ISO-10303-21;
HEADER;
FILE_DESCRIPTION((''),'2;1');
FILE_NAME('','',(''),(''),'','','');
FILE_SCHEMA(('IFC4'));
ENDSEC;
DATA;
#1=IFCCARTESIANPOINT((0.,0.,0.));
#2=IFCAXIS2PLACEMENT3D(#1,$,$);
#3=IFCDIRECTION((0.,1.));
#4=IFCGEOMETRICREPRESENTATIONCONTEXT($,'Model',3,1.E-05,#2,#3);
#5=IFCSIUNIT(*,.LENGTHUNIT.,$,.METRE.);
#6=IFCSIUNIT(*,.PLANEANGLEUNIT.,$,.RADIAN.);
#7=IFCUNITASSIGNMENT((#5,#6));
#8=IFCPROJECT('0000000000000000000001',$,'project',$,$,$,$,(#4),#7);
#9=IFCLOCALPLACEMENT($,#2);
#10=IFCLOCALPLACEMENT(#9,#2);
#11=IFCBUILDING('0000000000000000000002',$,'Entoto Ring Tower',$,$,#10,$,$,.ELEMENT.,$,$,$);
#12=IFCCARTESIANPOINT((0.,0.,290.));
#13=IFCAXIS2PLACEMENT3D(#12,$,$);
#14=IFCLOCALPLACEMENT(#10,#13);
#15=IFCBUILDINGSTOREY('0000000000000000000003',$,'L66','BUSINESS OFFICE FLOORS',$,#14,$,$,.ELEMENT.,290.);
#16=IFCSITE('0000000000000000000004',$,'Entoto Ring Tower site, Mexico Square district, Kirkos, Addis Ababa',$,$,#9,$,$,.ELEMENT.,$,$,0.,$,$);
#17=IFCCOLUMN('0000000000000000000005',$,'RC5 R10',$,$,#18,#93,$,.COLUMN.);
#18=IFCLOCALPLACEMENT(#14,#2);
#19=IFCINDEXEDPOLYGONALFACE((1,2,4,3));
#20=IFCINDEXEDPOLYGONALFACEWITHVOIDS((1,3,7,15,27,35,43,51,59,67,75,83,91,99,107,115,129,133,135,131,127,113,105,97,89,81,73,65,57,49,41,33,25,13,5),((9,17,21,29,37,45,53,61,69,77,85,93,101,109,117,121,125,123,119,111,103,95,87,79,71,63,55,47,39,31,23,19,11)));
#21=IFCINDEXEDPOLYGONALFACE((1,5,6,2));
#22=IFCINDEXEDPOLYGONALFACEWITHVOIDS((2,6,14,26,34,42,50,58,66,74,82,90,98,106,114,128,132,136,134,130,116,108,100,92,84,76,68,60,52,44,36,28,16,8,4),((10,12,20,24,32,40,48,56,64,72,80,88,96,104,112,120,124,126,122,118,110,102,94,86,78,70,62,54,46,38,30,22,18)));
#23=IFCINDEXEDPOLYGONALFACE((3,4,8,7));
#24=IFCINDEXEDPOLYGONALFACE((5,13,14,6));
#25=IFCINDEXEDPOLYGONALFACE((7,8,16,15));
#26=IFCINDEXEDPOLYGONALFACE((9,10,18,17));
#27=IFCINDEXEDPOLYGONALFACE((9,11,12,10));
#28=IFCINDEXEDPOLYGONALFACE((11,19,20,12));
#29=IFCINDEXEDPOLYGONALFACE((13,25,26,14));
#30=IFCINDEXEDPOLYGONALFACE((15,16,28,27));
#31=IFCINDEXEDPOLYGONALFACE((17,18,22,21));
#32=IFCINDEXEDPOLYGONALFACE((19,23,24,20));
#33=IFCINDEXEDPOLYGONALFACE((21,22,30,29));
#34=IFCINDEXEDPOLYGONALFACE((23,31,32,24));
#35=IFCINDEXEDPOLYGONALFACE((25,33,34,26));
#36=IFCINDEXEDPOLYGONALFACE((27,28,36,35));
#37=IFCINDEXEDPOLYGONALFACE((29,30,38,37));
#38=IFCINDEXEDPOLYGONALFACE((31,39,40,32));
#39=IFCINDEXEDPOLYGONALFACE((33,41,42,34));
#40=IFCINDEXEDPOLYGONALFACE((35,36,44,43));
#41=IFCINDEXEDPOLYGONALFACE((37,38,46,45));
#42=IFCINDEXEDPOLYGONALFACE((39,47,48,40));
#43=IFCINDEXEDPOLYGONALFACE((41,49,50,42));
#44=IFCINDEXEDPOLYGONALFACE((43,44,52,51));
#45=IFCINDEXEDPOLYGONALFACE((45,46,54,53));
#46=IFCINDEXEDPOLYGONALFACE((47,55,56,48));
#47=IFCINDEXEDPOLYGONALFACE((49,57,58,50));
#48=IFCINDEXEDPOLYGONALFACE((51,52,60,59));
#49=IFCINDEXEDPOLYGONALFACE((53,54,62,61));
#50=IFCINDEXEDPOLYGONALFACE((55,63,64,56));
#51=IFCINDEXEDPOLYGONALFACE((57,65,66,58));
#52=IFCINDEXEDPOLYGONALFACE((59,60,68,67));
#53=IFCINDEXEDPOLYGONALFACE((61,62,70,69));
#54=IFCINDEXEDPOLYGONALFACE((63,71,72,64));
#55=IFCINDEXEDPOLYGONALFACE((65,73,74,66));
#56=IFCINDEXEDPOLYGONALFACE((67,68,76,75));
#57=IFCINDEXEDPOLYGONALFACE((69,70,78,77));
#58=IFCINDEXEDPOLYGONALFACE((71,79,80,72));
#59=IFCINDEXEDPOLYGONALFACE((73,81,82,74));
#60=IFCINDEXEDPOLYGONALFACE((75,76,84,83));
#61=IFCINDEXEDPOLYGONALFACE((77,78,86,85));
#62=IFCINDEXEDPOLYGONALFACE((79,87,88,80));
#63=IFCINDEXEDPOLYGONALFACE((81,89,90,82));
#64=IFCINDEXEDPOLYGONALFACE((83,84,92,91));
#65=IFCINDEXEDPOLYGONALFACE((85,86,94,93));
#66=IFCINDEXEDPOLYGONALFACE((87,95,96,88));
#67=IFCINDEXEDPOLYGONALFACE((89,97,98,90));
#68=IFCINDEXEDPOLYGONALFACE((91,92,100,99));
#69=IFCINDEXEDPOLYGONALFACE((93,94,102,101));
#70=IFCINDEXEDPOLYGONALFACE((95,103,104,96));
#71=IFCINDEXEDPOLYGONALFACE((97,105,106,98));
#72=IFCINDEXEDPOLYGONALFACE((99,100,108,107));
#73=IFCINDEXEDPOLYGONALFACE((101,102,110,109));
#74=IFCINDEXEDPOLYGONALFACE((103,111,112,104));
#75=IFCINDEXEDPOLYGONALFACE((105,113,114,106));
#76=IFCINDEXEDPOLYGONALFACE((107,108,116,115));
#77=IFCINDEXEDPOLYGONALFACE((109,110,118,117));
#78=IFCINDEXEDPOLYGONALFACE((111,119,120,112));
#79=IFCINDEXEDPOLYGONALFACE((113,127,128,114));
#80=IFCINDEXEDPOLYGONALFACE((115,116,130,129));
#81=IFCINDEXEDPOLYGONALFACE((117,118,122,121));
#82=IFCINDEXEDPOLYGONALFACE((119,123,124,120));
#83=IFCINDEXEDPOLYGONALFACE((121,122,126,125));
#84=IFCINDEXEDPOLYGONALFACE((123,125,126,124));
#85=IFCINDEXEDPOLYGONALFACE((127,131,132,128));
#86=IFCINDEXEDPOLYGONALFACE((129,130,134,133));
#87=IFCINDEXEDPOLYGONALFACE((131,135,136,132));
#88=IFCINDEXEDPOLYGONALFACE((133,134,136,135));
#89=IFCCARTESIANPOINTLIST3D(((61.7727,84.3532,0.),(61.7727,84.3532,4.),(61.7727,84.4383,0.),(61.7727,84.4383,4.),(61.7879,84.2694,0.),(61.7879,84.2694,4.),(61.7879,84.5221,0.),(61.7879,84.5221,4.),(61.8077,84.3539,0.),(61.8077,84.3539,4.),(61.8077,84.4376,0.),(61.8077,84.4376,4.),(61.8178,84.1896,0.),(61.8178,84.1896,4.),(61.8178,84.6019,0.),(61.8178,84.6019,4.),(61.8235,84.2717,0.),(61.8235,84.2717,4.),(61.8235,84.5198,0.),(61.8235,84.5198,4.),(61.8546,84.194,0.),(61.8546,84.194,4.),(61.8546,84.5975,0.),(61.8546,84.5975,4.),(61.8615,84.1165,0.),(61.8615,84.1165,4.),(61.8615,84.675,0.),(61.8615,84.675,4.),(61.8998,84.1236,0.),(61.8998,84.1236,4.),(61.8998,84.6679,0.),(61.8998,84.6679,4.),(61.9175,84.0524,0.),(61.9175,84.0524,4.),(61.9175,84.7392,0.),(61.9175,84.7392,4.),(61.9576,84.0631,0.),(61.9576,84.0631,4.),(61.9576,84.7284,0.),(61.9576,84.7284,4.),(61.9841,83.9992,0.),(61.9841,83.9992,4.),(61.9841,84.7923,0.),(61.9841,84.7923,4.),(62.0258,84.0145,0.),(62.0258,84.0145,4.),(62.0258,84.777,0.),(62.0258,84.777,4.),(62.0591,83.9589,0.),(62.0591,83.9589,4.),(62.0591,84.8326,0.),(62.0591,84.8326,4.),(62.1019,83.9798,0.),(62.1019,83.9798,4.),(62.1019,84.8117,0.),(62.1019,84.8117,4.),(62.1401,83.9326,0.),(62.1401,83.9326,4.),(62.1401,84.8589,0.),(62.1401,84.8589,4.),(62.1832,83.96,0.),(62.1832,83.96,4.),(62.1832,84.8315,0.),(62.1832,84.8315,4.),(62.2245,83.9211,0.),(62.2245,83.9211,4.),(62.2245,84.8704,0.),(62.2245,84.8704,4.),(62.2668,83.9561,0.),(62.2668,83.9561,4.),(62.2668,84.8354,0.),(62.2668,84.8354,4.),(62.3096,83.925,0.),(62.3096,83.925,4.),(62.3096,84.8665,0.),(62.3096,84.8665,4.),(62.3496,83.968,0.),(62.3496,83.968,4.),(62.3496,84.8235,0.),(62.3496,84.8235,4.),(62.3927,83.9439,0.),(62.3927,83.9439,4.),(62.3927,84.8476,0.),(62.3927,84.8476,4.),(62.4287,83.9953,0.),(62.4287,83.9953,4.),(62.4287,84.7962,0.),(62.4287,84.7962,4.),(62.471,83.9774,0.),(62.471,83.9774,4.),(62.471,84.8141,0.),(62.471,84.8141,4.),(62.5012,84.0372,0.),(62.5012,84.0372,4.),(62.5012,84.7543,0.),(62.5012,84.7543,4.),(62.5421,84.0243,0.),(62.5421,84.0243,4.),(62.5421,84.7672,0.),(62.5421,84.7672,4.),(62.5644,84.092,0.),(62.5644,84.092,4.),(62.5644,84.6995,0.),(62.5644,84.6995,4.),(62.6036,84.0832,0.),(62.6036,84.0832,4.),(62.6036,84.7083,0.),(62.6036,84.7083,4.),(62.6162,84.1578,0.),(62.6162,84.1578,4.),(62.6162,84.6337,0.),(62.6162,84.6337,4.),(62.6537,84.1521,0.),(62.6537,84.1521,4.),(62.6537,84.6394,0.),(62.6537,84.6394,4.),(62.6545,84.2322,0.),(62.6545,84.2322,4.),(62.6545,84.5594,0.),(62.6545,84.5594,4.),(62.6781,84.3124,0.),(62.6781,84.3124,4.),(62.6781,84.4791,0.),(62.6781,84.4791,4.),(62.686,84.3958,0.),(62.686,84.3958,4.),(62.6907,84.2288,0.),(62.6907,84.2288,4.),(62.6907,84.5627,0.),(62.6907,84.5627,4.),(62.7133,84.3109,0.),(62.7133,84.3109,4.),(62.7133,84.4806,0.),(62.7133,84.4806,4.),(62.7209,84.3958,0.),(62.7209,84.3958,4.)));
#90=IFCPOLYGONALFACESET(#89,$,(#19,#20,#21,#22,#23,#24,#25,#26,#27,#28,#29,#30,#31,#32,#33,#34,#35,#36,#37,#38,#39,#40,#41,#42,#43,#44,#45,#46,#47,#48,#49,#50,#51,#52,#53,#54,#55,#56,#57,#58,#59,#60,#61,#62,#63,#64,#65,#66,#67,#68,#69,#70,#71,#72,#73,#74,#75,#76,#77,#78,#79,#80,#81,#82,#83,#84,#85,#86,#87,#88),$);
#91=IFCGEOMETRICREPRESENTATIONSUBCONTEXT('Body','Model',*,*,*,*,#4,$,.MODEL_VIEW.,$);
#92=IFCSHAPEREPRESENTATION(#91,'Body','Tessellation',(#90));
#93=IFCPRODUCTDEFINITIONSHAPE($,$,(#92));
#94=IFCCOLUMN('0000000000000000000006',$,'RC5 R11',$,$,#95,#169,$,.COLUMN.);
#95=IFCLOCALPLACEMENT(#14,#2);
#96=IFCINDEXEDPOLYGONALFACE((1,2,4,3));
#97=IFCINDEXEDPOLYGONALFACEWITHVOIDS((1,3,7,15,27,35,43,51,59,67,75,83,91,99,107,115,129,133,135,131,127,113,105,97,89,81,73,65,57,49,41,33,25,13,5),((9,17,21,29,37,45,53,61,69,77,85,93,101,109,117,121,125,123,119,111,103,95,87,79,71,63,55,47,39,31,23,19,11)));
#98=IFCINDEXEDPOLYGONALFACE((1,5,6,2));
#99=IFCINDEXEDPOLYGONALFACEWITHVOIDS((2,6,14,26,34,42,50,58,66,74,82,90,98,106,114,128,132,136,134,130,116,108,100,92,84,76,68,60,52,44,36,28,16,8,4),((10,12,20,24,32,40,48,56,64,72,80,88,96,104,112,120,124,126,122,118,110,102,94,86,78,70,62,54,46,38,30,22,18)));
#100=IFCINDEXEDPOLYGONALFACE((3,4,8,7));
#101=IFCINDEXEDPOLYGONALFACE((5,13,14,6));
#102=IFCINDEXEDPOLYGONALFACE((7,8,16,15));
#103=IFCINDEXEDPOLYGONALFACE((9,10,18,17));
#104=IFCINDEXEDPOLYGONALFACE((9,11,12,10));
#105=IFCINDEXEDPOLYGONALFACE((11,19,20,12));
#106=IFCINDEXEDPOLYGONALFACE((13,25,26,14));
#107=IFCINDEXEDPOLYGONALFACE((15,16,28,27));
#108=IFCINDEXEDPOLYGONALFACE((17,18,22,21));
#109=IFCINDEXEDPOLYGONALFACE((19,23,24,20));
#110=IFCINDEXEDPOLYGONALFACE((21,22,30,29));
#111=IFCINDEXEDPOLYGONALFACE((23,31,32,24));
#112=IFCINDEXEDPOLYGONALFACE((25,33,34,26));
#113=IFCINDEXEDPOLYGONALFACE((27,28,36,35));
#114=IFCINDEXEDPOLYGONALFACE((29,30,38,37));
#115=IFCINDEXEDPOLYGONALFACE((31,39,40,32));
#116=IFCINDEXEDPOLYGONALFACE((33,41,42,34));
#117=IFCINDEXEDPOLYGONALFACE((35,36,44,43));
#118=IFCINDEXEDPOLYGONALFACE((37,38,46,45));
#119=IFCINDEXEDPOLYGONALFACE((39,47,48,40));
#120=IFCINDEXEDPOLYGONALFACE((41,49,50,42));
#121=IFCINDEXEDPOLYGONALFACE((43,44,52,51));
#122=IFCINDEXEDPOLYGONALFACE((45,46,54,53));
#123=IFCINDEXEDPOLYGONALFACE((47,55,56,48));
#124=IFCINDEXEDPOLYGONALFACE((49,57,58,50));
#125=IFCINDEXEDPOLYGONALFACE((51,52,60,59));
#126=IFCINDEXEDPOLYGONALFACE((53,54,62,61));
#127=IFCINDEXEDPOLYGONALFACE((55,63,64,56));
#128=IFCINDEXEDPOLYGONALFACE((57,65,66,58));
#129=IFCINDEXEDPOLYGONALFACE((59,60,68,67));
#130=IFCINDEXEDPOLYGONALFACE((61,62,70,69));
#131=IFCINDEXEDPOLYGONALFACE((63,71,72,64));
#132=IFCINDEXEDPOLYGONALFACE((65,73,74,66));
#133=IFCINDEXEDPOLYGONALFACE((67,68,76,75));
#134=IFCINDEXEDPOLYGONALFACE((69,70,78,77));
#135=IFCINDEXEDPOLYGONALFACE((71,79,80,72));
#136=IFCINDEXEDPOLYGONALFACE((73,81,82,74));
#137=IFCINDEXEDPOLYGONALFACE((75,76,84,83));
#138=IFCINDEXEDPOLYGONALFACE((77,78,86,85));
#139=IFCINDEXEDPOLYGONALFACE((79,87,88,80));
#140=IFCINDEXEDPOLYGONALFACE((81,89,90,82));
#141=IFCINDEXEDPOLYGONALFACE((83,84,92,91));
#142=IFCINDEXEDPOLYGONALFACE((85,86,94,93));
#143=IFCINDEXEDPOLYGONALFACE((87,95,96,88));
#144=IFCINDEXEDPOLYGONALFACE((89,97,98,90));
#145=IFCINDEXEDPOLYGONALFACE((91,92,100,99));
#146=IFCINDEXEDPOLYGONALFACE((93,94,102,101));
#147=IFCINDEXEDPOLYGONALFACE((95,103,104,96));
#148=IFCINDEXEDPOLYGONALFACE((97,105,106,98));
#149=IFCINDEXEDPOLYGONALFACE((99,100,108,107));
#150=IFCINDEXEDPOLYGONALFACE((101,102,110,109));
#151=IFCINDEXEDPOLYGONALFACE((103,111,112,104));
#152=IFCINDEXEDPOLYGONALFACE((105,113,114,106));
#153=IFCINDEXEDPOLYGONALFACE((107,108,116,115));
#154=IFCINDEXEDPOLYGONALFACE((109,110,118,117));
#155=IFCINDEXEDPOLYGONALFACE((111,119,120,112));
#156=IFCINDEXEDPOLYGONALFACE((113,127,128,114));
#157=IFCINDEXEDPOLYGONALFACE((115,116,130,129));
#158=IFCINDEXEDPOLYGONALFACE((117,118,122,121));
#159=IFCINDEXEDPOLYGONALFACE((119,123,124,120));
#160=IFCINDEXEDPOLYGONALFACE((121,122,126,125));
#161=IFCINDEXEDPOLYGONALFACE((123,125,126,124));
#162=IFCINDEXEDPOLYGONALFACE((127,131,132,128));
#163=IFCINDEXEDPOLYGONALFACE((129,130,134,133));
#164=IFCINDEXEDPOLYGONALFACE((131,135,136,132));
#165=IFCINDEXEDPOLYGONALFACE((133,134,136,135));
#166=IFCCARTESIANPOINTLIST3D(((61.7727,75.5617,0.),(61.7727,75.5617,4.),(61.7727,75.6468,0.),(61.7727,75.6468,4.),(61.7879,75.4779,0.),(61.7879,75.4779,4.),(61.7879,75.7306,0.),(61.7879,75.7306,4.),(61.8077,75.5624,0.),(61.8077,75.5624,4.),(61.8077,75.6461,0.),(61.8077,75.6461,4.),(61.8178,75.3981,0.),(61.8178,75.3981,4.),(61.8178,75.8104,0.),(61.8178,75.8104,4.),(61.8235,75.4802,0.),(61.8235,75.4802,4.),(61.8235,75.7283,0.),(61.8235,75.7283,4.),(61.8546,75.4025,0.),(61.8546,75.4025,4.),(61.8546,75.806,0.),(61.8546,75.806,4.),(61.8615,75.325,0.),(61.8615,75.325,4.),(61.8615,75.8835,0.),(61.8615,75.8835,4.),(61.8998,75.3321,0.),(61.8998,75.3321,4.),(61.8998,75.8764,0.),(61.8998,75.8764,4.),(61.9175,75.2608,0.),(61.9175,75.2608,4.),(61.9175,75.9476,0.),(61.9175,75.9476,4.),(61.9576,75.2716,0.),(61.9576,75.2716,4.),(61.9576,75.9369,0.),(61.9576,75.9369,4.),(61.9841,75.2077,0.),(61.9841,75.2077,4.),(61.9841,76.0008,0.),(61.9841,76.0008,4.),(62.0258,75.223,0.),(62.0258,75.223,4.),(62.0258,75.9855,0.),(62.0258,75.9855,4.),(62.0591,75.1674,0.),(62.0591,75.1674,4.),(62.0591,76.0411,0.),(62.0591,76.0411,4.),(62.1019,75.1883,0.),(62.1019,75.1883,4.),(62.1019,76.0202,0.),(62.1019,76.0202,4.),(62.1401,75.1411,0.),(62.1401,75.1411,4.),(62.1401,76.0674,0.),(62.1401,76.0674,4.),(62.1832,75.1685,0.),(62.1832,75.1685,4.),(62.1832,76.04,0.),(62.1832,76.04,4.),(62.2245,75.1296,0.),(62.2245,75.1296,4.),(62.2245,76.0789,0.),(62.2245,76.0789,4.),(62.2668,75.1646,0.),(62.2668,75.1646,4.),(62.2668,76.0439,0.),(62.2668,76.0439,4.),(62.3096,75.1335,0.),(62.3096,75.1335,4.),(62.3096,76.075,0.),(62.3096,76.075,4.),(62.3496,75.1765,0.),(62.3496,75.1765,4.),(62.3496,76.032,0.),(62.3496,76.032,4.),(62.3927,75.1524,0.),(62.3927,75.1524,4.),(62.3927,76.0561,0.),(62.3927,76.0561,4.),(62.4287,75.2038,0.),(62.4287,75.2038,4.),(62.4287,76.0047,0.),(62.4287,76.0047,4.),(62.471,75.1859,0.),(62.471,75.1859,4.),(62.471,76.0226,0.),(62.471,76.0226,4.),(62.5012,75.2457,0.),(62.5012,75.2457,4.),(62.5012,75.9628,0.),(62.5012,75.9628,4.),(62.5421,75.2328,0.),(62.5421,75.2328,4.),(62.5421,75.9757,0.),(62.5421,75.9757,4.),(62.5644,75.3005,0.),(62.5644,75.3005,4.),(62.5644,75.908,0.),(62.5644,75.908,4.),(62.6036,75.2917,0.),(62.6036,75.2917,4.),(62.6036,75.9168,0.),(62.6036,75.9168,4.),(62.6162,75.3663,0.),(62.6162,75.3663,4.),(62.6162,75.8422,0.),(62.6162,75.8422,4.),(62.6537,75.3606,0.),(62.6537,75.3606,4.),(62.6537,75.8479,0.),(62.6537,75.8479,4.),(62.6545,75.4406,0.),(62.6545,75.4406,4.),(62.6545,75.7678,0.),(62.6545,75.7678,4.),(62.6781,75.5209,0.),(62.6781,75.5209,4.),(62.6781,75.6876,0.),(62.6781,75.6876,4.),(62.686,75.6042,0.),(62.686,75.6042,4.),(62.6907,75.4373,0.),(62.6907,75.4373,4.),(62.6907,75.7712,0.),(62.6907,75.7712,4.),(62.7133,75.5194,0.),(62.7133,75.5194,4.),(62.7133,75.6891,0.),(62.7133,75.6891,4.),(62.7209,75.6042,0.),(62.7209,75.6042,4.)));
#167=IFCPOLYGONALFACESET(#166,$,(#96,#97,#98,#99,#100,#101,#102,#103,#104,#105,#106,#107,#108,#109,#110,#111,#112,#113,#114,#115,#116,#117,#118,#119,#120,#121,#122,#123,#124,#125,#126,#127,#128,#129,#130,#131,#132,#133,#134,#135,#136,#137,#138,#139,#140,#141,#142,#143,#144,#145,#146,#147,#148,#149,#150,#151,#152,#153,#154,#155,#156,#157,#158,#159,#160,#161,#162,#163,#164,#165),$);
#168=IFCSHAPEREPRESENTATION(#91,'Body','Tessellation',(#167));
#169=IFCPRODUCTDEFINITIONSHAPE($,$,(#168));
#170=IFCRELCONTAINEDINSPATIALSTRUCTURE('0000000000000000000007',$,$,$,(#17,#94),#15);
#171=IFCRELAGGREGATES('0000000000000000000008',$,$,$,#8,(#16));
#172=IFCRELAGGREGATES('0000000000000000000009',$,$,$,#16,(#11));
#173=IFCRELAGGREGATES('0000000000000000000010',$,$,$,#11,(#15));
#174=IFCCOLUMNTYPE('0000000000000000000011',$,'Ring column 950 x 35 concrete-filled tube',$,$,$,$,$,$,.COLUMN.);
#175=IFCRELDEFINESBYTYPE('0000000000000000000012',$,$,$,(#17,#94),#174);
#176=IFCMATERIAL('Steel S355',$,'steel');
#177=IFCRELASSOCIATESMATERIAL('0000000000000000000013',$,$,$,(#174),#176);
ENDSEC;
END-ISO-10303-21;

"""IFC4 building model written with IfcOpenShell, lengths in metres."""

from ifc_helpers import new_model, si_unit, direction, frame, origin, origin_2d, place, context, subcontext, project, spatial, circle, hollow_circle, extrude, material, material_profile, profile_set, type_object, element, save


model = new_model("IFC4")

# Units and contexts
model_context = context("Model", 3, precision=1e-05, world=origin(), true_north=direction((0.0, 1.0)))
body_context = subcontext(model_context, "Body", "Model", "MODEL_VIEW")
ifc_project = project(units=[si_unit("LENGTHUNIT", "METRE"), si_unit("PLANEANGLEUNIT", "RADIAN")], contexts=[model_context])

# Site, building, storey
site_placement = place(None, origin())
site = spatial("IfcSite", under=ifc_project, at=site_placement, Name="Entoto Ring Tower site, Mexico Square district, Kirkos, Addis Ababa", CompositionType="ELEMENT", RefElevation=0.0)
building_placement = place(site_placement, origin())
building = spatial("IfcBuilding", under=site, at=building_placement, Name="Entoto Ring Tower", CompositionType="ELEMENT")
storey_placement = place(building_placement, frame((0.0, 0.0, 290.0)))
storey = spatial("IfcBuildingStorey", under=building, at=storey_placement, Name="L66", Description="BUSINESS OFFICE FLOORS", CompositionType="ELEMENT", Elevation=290.0)

# Columns
ifc_material_1 = material(Name="Steel S355", Category="steel")
ifc_material_profile_1 = material_profile(ifc_material_1, hollow_circle(Radius=0.4751, WallThickness=0.0349, at=origin_2d()), Name="CHS 950 x 35")
ifc_material_2 = material(Name="Concrete C60/75", Category="concrete")
ifc_material_profile_2 = material_profile(ifc_material_2, circle(Radius=0.4399, at=origin_2d()), Name="Concrete C60/75 infill")
ifc_profile_set_1 = profile_set([ifc_material_profile_1, ifc_material_profile_2], Name="Steel S355")
column_type = type_object("IfcColumnType", Name="Ring column 950 x 35 concrete-filled tube", PredefinedType="COLUMN", material=ifc_profile_set_1)
for number, where, z_axis, x_axis, name in (
    (1, (62.2458, 84.3958, 0.0), (0.0, 0.0, 1.0), (1.0, 0.0, 0.0), "RC5 R10"),
    (2, (62.2458, 75.6042, 0.0), (0.0, 0.0, 1.0), (1.0, 0.0, 0.0), "RC5 R11"),
):
    element("IfcColumn", number, at=place(storey_placement, frame(where, z_axis=z_axis, x_axis=x_axis)), inside=storey, type_object=column_type, Name=name, PredefinedType="COLUMN", context=body_context, shape_type="SweptSolid", body=[
        extrude(hollow_circle(Radius=0.4751, WallThickness=0.0349, at=origin_2d()), origin(), (0.0, 0.0, 1.0), 4.0),
    ])

save(model, "model.ifc")
